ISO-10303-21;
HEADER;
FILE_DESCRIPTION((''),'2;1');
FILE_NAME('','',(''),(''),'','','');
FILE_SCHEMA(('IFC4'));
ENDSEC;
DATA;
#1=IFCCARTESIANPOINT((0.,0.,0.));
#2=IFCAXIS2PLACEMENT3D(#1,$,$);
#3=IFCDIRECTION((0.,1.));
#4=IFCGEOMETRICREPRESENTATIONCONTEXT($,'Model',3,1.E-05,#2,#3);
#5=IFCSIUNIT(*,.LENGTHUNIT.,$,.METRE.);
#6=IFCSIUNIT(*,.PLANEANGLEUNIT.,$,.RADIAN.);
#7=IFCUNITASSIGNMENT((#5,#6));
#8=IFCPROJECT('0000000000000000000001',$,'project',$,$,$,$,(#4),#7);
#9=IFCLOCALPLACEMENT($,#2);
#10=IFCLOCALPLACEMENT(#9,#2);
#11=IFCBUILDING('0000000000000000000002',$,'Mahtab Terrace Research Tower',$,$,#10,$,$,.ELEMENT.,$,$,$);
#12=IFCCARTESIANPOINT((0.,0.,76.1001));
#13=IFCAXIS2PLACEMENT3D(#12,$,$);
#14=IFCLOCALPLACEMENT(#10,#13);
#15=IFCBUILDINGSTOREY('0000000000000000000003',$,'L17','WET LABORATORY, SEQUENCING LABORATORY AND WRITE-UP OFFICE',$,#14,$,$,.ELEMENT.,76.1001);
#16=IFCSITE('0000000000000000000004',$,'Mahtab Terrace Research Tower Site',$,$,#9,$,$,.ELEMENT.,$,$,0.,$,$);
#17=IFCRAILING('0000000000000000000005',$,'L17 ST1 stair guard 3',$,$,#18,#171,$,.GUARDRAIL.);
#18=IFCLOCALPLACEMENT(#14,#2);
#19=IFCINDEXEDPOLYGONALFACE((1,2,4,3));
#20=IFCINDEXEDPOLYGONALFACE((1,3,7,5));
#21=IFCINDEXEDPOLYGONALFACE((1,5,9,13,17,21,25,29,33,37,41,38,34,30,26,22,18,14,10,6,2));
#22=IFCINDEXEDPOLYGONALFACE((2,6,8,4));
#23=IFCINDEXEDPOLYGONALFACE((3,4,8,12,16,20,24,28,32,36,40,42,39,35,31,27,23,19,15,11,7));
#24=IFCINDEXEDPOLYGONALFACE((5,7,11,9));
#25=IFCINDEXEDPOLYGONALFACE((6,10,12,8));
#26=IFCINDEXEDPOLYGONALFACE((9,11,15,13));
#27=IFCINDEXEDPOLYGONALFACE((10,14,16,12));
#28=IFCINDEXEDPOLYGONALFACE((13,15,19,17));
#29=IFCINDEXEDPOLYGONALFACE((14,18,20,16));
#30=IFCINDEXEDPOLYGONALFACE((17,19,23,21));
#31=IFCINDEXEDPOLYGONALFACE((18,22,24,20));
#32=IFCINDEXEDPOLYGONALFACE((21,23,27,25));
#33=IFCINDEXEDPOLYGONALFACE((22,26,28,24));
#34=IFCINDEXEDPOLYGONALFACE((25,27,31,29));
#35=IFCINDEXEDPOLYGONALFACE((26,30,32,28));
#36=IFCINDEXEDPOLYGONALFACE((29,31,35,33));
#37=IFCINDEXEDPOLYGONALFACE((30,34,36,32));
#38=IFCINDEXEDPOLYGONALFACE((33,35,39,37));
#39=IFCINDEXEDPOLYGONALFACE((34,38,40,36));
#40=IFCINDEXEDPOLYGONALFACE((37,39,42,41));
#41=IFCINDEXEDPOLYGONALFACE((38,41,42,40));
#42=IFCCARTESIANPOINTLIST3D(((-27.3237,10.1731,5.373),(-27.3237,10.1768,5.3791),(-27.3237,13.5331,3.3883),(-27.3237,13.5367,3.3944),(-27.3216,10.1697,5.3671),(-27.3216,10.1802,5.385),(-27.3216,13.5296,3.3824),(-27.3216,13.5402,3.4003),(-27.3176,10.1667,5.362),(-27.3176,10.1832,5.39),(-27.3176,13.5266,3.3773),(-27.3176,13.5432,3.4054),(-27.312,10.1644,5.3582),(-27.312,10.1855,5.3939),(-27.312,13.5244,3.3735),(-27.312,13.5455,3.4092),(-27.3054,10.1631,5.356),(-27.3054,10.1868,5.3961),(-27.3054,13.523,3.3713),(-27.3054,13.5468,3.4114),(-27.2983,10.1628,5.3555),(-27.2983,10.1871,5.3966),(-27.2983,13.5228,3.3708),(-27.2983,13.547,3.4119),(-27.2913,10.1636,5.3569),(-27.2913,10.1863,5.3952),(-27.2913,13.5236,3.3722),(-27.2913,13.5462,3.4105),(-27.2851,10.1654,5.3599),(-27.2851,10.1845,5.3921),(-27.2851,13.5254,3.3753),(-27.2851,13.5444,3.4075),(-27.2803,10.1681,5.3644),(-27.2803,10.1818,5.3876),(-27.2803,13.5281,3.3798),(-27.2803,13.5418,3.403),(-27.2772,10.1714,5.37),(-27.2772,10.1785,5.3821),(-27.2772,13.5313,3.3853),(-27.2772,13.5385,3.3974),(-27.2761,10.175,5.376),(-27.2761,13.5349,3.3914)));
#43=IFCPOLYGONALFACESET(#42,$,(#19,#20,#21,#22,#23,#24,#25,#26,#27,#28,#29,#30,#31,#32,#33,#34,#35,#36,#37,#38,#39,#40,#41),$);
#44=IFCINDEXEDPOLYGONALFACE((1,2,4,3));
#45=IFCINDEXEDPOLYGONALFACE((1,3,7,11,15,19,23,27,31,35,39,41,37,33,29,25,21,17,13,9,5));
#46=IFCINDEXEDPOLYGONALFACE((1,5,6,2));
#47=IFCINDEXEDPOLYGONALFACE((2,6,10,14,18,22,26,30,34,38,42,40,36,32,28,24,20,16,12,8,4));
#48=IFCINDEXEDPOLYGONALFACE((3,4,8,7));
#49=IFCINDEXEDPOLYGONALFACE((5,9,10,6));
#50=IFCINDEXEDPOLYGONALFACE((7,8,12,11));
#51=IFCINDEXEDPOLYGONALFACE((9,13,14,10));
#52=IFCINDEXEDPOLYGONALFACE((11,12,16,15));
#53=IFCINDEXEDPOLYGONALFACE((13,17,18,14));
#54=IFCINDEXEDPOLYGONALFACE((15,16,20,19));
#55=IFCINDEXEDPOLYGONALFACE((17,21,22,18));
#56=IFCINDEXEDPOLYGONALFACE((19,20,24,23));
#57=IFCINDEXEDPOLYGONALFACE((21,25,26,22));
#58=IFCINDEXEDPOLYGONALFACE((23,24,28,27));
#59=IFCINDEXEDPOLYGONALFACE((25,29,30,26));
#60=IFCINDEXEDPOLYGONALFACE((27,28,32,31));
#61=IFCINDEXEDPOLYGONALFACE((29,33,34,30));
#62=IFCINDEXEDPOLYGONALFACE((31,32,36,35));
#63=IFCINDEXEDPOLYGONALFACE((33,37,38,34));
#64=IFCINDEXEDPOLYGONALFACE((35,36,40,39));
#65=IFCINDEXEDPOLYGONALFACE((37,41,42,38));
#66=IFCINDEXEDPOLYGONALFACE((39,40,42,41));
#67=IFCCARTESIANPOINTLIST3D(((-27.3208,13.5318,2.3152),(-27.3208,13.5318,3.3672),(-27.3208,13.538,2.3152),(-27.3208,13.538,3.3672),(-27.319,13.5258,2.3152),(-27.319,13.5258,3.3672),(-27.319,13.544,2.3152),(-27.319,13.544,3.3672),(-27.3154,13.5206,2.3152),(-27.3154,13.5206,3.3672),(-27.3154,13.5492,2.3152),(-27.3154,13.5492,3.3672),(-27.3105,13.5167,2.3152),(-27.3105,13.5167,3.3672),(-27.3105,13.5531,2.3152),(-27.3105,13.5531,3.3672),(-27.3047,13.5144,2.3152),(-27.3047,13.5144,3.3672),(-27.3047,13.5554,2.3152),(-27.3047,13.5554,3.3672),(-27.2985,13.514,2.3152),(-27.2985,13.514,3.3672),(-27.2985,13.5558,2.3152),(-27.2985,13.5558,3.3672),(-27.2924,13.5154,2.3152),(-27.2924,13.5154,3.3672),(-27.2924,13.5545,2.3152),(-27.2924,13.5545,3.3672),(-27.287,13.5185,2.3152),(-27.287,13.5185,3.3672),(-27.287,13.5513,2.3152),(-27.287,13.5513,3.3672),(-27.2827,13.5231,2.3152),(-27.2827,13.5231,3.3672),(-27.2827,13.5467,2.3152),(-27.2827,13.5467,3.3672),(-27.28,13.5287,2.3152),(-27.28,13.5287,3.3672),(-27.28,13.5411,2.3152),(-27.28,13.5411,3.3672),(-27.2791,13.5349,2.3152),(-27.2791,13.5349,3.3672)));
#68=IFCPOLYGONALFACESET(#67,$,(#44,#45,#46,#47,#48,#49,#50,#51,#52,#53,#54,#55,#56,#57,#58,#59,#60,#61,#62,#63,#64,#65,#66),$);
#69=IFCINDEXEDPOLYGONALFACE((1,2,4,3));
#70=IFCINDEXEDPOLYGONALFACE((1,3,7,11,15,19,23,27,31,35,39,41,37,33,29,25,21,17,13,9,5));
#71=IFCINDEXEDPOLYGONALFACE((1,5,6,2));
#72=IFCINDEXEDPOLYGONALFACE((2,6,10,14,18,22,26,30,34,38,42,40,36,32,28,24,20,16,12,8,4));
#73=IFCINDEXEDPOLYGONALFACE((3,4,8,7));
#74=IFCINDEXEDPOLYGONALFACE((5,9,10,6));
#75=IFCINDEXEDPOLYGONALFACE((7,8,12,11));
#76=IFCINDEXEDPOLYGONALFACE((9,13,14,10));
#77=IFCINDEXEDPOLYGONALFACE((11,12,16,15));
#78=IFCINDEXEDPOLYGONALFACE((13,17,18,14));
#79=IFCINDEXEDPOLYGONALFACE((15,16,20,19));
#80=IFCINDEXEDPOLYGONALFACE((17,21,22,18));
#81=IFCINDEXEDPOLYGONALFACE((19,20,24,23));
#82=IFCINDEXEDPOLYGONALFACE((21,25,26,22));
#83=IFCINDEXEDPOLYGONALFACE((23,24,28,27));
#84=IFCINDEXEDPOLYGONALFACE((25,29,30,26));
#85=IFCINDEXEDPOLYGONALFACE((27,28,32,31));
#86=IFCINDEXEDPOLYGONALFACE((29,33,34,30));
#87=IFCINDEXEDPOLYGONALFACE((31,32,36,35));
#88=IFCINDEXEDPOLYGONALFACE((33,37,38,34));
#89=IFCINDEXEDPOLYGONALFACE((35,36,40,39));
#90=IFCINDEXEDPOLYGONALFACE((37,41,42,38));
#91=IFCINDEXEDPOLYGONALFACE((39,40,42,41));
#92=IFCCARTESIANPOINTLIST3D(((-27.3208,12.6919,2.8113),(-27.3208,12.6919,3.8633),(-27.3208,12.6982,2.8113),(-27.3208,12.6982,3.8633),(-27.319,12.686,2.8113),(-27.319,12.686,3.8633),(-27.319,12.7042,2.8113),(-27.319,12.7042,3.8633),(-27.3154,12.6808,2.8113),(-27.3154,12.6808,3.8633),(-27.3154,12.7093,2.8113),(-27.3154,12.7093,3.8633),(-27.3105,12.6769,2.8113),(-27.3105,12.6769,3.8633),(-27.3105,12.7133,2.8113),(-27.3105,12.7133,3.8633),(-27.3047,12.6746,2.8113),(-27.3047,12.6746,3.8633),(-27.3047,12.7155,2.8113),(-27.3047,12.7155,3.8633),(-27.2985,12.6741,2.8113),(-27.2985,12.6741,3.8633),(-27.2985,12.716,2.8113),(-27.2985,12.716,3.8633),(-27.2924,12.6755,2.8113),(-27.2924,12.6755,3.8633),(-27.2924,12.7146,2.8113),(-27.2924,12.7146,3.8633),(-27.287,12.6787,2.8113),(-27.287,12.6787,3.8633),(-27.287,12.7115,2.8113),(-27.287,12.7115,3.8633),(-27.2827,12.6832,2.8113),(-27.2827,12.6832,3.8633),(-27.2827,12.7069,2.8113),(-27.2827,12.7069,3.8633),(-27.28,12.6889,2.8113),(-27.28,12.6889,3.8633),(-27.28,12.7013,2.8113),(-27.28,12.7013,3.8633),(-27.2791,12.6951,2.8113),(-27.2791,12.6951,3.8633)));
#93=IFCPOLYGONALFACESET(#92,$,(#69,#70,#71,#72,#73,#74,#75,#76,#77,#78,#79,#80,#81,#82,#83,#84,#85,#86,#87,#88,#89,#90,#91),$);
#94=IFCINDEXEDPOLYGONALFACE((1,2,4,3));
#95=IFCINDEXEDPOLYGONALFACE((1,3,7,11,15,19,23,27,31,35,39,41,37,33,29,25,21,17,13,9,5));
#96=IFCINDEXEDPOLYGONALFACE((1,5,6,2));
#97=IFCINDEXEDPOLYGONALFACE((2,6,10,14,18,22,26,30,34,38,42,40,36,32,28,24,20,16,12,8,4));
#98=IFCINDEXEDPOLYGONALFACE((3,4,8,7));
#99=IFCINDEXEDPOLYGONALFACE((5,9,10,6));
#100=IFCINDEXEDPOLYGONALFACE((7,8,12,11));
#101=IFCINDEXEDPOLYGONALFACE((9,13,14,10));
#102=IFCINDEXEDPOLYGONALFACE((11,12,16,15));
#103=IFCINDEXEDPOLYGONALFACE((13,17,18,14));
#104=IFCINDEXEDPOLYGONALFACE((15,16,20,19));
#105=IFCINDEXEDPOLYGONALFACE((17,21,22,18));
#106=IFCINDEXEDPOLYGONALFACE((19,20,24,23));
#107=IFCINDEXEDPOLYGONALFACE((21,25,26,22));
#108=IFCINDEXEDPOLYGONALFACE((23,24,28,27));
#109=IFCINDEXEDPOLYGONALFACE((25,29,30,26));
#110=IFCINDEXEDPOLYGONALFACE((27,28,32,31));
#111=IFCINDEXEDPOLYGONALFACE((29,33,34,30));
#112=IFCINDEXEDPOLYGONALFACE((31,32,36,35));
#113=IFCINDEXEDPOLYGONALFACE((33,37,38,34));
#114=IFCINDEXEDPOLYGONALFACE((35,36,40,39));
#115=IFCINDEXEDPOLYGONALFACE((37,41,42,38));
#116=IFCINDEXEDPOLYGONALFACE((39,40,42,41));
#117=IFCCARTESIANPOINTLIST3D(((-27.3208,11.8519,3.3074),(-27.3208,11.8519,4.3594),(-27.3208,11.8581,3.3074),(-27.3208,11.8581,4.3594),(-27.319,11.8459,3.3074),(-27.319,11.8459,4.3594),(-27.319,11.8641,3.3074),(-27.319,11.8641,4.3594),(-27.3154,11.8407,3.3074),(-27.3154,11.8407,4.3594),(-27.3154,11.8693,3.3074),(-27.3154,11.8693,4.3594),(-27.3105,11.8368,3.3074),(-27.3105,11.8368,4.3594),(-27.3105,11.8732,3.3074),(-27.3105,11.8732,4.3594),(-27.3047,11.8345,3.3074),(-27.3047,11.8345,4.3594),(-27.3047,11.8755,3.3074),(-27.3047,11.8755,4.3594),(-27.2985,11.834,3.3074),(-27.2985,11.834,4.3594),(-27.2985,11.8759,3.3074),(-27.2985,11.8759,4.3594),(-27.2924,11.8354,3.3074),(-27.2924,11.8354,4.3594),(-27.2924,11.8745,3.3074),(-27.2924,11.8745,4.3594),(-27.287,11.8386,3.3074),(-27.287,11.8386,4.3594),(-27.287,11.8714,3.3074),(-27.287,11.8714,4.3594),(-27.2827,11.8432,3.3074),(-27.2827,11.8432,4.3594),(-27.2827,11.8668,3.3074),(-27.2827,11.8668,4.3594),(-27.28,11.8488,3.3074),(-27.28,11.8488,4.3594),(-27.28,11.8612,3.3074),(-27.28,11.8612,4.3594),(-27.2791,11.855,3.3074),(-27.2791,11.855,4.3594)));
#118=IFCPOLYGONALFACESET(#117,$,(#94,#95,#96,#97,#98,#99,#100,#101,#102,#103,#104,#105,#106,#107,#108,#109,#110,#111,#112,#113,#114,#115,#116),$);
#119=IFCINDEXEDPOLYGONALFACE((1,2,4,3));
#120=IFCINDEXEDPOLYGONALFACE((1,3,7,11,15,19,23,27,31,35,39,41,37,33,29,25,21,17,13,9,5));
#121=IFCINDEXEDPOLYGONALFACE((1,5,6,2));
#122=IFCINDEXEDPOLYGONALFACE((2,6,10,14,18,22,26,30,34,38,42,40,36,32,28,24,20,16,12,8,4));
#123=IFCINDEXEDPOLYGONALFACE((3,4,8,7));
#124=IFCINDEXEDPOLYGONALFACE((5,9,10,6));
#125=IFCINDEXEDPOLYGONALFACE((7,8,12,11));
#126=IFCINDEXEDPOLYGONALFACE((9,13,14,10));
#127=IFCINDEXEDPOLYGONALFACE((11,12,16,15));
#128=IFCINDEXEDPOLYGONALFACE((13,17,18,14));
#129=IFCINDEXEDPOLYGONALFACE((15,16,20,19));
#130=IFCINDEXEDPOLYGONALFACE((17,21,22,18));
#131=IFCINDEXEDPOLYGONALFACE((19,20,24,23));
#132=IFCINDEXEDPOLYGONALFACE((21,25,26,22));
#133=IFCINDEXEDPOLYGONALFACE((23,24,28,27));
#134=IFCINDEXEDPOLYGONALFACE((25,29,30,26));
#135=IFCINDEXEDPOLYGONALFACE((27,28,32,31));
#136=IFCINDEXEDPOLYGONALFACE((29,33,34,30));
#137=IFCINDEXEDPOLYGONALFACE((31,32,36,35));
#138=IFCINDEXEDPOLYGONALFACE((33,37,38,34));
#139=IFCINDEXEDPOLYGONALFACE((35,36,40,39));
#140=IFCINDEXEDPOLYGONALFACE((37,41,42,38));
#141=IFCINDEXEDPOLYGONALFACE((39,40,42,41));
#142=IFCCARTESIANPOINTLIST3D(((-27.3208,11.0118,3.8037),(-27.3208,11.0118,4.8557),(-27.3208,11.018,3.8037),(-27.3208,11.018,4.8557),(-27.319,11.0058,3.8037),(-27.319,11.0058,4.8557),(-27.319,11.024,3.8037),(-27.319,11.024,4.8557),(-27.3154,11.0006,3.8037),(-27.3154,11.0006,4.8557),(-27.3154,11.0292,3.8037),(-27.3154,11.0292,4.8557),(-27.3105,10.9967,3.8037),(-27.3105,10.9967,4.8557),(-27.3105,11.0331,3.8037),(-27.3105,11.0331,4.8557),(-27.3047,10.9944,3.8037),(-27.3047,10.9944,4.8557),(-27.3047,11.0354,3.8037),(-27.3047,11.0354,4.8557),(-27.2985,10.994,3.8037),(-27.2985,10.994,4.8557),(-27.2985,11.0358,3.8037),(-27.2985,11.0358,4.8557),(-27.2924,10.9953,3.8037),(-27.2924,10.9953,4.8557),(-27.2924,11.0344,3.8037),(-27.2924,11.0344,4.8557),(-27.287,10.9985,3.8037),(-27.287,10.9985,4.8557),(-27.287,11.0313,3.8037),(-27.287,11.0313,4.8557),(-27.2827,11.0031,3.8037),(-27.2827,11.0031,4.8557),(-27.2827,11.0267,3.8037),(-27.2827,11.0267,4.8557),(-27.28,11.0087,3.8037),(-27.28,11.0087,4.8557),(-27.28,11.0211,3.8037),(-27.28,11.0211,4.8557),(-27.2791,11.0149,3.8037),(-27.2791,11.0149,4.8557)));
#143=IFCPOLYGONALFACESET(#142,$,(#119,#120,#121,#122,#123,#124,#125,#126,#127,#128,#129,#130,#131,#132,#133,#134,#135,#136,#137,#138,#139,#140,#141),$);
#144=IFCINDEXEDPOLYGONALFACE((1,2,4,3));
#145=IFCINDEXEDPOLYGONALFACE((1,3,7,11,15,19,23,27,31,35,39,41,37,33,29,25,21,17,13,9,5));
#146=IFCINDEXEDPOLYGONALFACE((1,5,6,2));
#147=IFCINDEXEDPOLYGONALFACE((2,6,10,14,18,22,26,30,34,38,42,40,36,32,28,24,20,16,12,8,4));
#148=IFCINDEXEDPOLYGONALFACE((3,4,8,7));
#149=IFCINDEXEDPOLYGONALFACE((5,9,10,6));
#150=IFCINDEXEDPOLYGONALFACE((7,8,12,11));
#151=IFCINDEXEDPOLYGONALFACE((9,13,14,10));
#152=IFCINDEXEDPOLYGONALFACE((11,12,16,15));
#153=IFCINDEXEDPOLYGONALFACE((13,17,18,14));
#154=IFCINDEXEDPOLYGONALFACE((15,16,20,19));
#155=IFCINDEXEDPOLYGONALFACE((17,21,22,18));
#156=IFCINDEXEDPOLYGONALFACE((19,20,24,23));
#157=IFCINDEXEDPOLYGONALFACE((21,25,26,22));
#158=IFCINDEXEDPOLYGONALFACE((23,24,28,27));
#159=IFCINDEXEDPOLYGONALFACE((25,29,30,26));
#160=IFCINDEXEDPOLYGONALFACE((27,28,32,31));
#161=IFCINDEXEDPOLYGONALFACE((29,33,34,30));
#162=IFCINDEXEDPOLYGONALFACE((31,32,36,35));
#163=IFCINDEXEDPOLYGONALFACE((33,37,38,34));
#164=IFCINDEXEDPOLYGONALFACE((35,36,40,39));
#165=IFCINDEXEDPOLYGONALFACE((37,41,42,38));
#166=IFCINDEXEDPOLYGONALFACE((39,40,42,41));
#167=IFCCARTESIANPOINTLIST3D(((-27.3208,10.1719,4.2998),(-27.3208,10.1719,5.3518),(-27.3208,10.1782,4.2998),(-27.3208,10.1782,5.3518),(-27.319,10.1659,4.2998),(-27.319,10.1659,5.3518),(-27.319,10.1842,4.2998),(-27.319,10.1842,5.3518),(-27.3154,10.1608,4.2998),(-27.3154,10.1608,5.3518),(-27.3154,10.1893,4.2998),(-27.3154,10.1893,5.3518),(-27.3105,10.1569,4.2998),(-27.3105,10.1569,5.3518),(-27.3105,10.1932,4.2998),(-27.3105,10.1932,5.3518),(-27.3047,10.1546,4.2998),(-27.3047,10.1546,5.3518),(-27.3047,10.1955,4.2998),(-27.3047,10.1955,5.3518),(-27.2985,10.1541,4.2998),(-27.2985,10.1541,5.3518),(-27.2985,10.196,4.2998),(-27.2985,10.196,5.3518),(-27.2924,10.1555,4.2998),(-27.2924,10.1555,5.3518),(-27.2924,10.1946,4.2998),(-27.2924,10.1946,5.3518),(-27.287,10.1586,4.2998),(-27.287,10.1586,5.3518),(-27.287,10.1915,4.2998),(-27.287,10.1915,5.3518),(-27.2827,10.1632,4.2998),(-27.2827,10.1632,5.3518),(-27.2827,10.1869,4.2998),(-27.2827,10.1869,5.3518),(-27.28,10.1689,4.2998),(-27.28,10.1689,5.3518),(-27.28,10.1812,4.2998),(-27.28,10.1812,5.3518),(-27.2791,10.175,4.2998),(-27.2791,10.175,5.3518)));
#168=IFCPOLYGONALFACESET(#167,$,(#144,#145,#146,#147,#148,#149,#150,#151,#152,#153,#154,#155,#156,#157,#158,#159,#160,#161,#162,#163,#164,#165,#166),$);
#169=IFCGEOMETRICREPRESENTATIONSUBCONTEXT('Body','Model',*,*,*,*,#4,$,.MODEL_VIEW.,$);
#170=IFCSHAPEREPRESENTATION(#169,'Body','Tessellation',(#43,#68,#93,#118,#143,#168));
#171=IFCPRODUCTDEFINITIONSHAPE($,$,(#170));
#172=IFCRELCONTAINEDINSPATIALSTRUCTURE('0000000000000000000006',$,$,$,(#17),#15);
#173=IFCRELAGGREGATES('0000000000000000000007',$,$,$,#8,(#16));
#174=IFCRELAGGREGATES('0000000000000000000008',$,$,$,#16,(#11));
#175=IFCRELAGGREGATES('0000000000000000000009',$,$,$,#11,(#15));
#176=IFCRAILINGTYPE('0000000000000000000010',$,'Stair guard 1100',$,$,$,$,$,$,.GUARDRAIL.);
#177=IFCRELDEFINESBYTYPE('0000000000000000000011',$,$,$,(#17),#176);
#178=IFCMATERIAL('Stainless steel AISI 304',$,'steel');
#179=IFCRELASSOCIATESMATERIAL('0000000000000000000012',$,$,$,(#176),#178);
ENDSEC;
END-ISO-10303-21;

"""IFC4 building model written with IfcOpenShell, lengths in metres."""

from ifc_helpers import new_model, si_unit, direction, frame, origin, origin_2d, place, context, subcontext, project, spatial, circle, extrude, material, type_object, element, save


model = new_model("IFC4")

# Units and contexts
model_context = context("Model", 3, precision=1e-05, world=origin(), true_north=direction((0.0, 1.0)))
body_context = subcontext(model_context, "Body", "Model", "MODEL_VIEW")
ifc_project = project(units=[si_unit("LENGTHUNIT", "METRE"), si_unit("PLANEANGLEUNIT", "RADIAN")], contexts=[model_context])

# Site, building, storey
site_placement = place(None, origin())
site = spatial("IfcSite", under=ifc_project, at=site_placement, Name="Mahtab Terrace Research Tower Site", CompositionType="ELEMENT", RefElevation=0.0)
building_placement = place(site_placement, origin())
building = spatial("IfcBuilding", under=site, at=building_placement, Name="Mahtab Terrace Research Tower", CompositionType="ELEMENT")
storey_placement = place(building_placement, frame((0.0, 0.0, 76.1001)))
storey = spatial("IfcBuildingStorey", under=building, at=storey_placement, Name="L17", Description="WET LABORATORY, SEQUENCING LABORATORY AND WRITE-UP OFFICE", CompositionType="ELEMENT", Elevation=76.1001)

# Railing
ifc_material_1 = material(Name="Stainless steel AISI 304", Category="steel")
railing_type_1 = type_object("IfcRailingType", Name="Stair guard 1100", PredefinedType="GUARDRAIL", material=ifc_material_1)
railing_1_placement = place(storey_placement, frame((-27.3, 13.5349, 2.3152)))
element("IfcRailing", 1, at=railing_1_placement, inside=storey, type_object=railing_type_1, Name="L17 ST1 stair guard 3", PredefinedType="GUARDRAIL", context=body_context, shape_type="SweptSolid", body=[
    extrude(circle(Radius=0.0239, at=origin_2d()), frame((0.0, 0.0, 1.0762), z_axis=(0.0, -0.861011, 0.508586), x_axis=(1.0, 0.0, 0.0)), (0.0, 0.0, 1.0), 3.9023),
    extrude(circle(Radius=0.021, at=origin_2d()), origin(), (0.0, 0.0, 1.0), 1.052),
    extrude(circle(Radius=0.021, at=origin_2d()), frame((0.0, -0.8398, 0.4961)), (0.0, 0.0, 1.0), 1.052),
    extrude(circle(Radius=0.021, at=origin_2d()), frame((0.0, -1.6799, 0.9922)), (0.0, 0.0, 1.0), 1.052),
    extrude(circle(Radius=0.021, at=origin_2d()), frame((0.0, -2.52, 1.4885)), (0.0, 0.0, 1.0), 1.052),
    extrude(circle(Radius=0.021, at=origin_2d()), frame((0.0, -3.3599, 1.9846)), (0.0, 0.0, 1.0), 1.052),
])

save(model, "model.ifc")
